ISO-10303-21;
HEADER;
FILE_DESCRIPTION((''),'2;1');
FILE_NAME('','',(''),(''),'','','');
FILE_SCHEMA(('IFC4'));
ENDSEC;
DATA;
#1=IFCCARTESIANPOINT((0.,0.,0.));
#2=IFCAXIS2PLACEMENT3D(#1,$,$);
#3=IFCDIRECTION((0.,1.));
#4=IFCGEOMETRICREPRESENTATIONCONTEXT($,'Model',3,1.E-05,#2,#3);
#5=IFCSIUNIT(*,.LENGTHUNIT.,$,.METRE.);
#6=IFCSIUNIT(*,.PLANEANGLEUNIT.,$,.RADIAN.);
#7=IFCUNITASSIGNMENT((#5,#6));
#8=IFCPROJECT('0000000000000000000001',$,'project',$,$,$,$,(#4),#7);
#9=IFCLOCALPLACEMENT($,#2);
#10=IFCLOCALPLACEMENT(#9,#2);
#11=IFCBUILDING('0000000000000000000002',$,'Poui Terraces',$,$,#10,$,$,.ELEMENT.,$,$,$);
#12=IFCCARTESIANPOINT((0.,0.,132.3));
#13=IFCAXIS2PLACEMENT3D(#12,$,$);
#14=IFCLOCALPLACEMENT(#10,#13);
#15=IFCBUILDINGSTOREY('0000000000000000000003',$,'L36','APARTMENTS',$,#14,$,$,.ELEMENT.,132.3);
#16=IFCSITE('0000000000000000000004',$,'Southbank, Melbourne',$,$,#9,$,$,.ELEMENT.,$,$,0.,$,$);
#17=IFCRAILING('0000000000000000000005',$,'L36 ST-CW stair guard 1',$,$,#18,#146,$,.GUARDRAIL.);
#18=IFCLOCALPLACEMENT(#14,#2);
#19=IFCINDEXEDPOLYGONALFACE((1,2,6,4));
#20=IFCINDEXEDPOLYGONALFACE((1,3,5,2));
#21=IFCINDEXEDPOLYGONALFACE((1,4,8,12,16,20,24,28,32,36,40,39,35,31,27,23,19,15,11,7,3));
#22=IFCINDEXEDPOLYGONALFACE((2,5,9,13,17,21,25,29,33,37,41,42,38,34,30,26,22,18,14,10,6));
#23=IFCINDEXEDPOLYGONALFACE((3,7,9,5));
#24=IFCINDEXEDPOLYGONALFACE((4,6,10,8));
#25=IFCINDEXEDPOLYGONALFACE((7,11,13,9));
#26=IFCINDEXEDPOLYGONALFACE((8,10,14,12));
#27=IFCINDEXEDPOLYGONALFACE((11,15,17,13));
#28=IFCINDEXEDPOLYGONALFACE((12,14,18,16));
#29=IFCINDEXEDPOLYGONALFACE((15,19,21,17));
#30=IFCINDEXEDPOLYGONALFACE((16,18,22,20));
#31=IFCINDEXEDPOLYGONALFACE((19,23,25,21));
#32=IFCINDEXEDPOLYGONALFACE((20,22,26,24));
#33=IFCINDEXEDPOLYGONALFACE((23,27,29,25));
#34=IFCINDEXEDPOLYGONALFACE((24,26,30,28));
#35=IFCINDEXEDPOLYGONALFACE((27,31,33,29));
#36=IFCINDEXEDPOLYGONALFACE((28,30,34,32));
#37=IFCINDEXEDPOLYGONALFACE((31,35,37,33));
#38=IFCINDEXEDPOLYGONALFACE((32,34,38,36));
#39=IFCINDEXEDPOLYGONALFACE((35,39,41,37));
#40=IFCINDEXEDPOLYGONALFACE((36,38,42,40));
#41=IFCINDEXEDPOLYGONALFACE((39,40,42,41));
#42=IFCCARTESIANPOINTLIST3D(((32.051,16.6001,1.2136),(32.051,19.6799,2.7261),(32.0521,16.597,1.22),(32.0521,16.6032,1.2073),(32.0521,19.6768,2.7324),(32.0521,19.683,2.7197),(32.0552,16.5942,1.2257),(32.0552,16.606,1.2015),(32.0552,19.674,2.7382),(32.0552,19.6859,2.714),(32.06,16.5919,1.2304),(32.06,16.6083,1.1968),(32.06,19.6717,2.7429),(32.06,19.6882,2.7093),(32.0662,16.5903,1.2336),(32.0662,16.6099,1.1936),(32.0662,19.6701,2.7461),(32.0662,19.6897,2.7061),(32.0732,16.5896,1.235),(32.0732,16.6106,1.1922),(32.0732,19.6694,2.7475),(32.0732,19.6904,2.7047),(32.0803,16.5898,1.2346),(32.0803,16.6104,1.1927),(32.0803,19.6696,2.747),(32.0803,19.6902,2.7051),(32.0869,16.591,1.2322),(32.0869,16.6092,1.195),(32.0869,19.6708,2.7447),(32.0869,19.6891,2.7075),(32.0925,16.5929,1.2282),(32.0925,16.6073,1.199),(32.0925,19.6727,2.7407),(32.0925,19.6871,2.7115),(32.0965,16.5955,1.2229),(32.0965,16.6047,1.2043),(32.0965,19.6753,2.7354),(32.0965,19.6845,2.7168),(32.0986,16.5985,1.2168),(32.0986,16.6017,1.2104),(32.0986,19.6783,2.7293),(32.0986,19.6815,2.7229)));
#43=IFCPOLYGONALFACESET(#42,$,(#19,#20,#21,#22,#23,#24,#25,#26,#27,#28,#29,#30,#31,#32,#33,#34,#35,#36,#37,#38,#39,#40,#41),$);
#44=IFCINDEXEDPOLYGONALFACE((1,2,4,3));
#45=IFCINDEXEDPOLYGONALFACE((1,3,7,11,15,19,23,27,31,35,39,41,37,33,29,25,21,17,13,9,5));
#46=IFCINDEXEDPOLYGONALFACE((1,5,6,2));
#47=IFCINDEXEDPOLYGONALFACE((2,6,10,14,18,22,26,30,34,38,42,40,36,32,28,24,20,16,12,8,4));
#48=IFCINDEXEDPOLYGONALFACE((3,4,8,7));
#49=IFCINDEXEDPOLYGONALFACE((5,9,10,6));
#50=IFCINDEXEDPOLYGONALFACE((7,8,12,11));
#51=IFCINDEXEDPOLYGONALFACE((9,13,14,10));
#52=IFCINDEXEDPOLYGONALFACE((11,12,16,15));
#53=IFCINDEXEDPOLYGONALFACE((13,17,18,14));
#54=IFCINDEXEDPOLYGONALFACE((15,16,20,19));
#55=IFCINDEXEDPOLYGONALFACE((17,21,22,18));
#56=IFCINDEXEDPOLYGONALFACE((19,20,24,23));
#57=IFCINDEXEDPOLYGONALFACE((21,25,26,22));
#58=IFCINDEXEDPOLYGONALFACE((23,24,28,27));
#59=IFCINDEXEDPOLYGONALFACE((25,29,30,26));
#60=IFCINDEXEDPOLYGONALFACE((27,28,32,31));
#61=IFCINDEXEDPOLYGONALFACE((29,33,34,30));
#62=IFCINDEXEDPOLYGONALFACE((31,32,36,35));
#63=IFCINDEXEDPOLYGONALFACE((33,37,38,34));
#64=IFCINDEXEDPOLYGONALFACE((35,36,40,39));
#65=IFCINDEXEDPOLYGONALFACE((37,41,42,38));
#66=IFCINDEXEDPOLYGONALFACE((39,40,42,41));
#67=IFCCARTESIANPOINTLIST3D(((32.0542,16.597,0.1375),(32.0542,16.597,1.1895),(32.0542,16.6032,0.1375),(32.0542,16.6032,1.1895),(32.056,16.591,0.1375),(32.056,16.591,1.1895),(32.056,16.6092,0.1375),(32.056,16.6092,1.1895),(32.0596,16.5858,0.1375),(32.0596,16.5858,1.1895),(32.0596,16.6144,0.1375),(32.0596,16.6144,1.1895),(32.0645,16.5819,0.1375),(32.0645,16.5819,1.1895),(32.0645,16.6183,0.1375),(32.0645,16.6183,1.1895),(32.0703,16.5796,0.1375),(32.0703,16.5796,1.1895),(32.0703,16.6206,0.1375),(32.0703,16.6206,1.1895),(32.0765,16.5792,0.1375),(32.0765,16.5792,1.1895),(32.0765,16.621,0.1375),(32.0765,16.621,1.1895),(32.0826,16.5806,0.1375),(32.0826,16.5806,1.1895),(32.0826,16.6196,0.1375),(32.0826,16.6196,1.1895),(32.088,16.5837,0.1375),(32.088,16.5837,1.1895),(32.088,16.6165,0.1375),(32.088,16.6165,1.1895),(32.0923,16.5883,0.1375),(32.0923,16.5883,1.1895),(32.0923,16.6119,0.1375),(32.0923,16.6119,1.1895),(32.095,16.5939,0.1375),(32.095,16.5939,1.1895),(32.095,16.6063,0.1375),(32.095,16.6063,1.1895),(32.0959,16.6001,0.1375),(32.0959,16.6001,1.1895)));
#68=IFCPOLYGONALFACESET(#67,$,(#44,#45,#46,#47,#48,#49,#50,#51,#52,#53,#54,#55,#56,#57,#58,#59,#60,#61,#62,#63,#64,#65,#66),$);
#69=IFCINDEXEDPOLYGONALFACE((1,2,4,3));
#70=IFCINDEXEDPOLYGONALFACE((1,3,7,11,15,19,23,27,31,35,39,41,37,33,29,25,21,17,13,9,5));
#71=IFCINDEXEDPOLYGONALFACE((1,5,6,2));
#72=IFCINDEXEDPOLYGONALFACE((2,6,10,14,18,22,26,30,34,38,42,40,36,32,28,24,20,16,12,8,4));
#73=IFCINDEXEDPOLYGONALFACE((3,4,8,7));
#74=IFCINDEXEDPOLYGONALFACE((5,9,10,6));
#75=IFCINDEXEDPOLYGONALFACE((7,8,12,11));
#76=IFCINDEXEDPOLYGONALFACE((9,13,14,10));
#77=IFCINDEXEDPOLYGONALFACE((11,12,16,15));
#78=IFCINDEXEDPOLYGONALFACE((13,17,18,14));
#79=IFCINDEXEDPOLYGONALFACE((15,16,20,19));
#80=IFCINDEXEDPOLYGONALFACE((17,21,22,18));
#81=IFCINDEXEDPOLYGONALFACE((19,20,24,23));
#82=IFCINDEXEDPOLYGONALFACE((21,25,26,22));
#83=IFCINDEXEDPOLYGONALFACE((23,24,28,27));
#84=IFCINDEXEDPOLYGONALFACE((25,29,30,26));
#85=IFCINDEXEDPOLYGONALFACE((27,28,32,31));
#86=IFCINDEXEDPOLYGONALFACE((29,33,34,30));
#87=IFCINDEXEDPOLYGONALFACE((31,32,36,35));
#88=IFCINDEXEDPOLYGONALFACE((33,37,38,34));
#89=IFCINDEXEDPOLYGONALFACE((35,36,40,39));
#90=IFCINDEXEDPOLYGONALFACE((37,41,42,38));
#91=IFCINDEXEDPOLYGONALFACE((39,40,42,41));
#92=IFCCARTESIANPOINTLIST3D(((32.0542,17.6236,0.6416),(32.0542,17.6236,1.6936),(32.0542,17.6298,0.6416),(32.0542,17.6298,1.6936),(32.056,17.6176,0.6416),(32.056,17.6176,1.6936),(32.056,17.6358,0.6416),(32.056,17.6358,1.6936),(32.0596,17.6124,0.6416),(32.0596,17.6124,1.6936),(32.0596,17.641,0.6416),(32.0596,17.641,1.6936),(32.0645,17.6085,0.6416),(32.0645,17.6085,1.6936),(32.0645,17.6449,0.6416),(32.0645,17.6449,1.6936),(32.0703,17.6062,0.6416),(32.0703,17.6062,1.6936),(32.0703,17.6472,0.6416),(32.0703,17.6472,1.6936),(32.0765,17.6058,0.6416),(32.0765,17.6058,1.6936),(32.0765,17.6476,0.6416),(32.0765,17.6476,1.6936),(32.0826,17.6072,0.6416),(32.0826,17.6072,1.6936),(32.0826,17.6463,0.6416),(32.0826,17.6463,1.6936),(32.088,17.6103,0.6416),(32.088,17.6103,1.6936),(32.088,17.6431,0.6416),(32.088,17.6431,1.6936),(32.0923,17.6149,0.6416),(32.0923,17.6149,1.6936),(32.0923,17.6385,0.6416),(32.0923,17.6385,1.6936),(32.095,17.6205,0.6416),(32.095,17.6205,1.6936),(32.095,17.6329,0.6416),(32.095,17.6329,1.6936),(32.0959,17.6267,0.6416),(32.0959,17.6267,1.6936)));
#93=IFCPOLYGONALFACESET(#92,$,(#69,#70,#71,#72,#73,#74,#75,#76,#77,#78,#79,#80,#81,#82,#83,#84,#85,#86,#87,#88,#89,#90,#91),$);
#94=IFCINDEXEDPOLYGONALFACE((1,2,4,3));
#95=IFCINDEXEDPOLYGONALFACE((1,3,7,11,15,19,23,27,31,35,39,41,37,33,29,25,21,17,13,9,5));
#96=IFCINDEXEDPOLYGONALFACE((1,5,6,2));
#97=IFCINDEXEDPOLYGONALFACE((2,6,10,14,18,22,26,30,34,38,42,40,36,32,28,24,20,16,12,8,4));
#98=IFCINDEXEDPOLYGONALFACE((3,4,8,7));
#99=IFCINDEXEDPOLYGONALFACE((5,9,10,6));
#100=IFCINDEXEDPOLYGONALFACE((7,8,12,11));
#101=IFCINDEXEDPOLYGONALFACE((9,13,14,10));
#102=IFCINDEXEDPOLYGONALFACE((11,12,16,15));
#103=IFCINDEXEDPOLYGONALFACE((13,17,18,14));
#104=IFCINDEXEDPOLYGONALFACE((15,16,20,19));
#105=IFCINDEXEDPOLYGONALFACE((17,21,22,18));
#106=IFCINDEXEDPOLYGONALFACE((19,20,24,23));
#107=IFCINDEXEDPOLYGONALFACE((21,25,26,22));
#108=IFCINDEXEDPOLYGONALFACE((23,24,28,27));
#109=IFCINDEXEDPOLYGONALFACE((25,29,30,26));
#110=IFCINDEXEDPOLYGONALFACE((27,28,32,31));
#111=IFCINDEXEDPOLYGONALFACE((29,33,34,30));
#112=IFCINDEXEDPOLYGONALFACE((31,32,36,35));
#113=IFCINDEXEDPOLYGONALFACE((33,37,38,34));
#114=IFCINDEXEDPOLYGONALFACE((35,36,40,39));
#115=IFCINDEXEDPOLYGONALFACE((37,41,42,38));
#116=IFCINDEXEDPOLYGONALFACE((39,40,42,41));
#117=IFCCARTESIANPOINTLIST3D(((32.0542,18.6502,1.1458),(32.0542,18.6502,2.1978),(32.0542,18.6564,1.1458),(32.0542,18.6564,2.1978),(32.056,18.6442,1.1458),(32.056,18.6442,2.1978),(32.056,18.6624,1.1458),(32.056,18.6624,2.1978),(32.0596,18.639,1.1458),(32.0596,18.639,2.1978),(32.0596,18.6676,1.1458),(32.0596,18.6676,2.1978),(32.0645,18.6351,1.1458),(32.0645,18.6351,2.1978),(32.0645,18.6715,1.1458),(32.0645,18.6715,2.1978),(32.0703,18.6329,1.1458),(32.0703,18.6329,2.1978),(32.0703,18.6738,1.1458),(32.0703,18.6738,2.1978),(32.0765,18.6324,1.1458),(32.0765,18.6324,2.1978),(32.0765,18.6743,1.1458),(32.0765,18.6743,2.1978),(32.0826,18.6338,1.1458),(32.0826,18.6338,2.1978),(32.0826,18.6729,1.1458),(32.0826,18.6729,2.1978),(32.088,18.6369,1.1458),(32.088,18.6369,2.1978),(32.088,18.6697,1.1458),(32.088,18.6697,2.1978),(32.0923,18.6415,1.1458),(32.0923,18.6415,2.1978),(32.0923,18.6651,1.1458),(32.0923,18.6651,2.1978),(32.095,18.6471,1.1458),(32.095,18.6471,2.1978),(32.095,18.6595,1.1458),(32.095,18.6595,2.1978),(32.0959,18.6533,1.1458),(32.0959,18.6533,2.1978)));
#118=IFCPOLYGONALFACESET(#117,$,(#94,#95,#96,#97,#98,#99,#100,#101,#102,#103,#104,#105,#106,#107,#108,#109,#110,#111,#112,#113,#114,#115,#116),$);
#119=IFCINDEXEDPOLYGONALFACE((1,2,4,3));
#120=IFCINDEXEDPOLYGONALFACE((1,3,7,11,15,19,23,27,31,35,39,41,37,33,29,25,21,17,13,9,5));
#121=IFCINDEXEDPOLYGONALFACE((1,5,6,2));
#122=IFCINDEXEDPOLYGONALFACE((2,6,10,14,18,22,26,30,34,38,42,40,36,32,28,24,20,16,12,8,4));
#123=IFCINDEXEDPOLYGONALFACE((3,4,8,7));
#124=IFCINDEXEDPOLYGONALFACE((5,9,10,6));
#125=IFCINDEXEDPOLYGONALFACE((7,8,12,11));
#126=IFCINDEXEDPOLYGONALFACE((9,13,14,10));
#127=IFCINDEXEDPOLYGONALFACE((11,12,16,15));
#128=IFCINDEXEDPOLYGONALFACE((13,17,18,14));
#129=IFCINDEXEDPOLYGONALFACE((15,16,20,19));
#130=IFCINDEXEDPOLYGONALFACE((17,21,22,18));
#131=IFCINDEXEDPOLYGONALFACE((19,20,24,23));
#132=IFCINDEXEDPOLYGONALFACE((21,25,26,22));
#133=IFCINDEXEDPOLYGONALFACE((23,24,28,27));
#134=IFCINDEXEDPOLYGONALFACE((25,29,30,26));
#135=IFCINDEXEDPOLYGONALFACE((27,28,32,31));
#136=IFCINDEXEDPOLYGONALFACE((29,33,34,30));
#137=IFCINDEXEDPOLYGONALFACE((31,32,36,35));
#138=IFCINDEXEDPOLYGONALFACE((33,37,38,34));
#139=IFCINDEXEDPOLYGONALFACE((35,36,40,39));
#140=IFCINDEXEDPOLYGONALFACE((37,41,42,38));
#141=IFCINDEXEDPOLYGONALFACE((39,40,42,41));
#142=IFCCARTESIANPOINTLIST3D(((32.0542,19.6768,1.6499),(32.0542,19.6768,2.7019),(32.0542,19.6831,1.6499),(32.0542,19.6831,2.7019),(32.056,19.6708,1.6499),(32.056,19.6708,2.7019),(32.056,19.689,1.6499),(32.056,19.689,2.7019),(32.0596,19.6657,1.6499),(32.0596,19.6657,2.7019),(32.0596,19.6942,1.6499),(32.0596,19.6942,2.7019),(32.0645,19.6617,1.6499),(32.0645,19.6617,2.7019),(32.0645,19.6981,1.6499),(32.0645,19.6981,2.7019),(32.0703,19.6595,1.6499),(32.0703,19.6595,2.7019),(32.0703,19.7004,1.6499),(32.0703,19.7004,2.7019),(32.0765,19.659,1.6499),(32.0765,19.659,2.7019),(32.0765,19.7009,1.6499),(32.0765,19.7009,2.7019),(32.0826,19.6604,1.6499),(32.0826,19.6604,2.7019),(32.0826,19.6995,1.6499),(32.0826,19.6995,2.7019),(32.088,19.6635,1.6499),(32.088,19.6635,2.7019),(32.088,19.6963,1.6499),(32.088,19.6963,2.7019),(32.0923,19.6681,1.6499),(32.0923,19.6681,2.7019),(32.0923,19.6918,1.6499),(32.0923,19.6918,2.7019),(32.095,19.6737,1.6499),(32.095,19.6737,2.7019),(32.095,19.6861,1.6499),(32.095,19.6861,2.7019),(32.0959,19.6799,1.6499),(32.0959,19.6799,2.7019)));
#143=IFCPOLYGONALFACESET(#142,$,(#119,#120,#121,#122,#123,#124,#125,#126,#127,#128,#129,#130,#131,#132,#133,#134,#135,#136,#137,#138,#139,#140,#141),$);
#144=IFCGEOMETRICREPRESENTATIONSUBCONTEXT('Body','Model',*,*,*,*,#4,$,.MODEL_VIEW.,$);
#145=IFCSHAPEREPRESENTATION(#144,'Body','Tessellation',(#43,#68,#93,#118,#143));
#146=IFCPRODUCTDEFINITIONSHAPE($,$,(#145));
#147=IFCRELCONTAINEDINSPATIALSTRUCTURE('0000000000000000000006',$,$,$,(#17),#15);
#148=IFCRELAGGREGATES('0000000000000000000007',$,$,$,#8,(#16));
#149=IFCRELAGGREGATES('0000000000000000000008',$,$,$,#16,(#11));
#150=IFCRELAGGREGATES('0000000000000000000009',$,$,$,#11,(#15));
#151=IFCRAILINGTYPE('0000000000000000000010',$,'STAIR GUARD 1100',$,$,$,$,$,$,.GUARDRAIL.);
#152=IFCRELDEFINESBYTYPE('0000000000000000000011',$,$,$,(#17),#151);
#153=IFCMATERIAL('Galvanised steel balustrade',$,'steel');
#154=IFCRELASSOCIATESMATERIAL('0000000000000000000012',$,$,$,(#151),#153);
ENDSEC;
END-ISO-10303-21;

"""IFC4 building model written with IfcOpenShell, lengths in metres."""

from ifc_helpers import new_model, si_unit, direction, frame, origin, origin_2d, place, context, subcontext, project, spatial, circle, extrude, material, type_object, element, save


model = new_model("IFC4")

# Units and contexts
model_context = context("Model", 3, precision=1e-05, world=origin(), true_north=direction((0.0, 1.0)))
body_context = subcontext(model_context, "Body", "Model", "MODEL_VIEW")
ifc_project = project(units=[si_unit("LENGTHUNIT", "METRE"), si_unit("PLANEANGLEUNIT", "RADIAN")], contexts=[model_context])

# Site, building, storey
site_placement = place(None, origin())
site = spatial("IfcSite", under=ifc_project, at=site_placement, Name="Southbank, Melbourne", CompositionType="ELEMENT", RefElevation=0.0)
building_placement = place(site_placement, origin())
building = spatial("IfcBuilding", under=site, at=building_placement, Name="Poui Terraces", CompositionType="ELEMENT")
storey_placement = place(building_placement, frame((0.0, 0.0, 132.3)))
storey = spatial("IfcBuildingStorey", under=building, at=storey_placement, Name="L36", Description="APARTMENTS", CompositionType="ELEMENT", Elevation=132.3)

# Railing
ifc_material_1 = material(Name="Galvanised steel balustrade", Category="steel")
railing_type_1 = type_object("IfcRailingType", Name="STAIR GUARD 1100", PredefinedType="GUARDRAIL", material=ifc_material_1)
railing_1_placement = place(storey_placement, frame((32.075, 16.6001, 0.1375)))
element("IfcRailing", 1, at=railing_1_placement, inside=storey, type_object=railing_type_1, Name="L36 ST-CW stair guard 1", PredefinedType="GUARDRAIL", context=body_context, shape_type="SweptSolid", body=[
    extrude(circle(Radius=0.0239, at=origin_2d()), frame((0.0, 0.0, 1.0762), z_axis=(0.0, 0.897606, 0.440798), x_axis=(-1.0, 0.0, 0.0)), (0.0, 0.0, 1.0), 3.4312),
    extrude(circle(Radius=0.021, at=origin_2d()), origin(), (0.0, 0.0, 1.0), 1.052),
    extrude(circle(Radius=0.021, at=origin_2d()), frame((0.0, 1.0266, 0.5042)), (0.0, 0.0, 1.0), 1.052),
    extrude(circle(Radius=0.021, at=origin_2d()), frame((0.0, 2.0532, 1.0083)), (0.0, 0.0, 1.0), 1.052),
    extrude(circle(Radius=0.021, at=origin_2d()), frame((0.0, 3.0798, 1.5125)), (0.0, 0.0, 1.0), 1.052),
])

save(model, "model.ifc")
